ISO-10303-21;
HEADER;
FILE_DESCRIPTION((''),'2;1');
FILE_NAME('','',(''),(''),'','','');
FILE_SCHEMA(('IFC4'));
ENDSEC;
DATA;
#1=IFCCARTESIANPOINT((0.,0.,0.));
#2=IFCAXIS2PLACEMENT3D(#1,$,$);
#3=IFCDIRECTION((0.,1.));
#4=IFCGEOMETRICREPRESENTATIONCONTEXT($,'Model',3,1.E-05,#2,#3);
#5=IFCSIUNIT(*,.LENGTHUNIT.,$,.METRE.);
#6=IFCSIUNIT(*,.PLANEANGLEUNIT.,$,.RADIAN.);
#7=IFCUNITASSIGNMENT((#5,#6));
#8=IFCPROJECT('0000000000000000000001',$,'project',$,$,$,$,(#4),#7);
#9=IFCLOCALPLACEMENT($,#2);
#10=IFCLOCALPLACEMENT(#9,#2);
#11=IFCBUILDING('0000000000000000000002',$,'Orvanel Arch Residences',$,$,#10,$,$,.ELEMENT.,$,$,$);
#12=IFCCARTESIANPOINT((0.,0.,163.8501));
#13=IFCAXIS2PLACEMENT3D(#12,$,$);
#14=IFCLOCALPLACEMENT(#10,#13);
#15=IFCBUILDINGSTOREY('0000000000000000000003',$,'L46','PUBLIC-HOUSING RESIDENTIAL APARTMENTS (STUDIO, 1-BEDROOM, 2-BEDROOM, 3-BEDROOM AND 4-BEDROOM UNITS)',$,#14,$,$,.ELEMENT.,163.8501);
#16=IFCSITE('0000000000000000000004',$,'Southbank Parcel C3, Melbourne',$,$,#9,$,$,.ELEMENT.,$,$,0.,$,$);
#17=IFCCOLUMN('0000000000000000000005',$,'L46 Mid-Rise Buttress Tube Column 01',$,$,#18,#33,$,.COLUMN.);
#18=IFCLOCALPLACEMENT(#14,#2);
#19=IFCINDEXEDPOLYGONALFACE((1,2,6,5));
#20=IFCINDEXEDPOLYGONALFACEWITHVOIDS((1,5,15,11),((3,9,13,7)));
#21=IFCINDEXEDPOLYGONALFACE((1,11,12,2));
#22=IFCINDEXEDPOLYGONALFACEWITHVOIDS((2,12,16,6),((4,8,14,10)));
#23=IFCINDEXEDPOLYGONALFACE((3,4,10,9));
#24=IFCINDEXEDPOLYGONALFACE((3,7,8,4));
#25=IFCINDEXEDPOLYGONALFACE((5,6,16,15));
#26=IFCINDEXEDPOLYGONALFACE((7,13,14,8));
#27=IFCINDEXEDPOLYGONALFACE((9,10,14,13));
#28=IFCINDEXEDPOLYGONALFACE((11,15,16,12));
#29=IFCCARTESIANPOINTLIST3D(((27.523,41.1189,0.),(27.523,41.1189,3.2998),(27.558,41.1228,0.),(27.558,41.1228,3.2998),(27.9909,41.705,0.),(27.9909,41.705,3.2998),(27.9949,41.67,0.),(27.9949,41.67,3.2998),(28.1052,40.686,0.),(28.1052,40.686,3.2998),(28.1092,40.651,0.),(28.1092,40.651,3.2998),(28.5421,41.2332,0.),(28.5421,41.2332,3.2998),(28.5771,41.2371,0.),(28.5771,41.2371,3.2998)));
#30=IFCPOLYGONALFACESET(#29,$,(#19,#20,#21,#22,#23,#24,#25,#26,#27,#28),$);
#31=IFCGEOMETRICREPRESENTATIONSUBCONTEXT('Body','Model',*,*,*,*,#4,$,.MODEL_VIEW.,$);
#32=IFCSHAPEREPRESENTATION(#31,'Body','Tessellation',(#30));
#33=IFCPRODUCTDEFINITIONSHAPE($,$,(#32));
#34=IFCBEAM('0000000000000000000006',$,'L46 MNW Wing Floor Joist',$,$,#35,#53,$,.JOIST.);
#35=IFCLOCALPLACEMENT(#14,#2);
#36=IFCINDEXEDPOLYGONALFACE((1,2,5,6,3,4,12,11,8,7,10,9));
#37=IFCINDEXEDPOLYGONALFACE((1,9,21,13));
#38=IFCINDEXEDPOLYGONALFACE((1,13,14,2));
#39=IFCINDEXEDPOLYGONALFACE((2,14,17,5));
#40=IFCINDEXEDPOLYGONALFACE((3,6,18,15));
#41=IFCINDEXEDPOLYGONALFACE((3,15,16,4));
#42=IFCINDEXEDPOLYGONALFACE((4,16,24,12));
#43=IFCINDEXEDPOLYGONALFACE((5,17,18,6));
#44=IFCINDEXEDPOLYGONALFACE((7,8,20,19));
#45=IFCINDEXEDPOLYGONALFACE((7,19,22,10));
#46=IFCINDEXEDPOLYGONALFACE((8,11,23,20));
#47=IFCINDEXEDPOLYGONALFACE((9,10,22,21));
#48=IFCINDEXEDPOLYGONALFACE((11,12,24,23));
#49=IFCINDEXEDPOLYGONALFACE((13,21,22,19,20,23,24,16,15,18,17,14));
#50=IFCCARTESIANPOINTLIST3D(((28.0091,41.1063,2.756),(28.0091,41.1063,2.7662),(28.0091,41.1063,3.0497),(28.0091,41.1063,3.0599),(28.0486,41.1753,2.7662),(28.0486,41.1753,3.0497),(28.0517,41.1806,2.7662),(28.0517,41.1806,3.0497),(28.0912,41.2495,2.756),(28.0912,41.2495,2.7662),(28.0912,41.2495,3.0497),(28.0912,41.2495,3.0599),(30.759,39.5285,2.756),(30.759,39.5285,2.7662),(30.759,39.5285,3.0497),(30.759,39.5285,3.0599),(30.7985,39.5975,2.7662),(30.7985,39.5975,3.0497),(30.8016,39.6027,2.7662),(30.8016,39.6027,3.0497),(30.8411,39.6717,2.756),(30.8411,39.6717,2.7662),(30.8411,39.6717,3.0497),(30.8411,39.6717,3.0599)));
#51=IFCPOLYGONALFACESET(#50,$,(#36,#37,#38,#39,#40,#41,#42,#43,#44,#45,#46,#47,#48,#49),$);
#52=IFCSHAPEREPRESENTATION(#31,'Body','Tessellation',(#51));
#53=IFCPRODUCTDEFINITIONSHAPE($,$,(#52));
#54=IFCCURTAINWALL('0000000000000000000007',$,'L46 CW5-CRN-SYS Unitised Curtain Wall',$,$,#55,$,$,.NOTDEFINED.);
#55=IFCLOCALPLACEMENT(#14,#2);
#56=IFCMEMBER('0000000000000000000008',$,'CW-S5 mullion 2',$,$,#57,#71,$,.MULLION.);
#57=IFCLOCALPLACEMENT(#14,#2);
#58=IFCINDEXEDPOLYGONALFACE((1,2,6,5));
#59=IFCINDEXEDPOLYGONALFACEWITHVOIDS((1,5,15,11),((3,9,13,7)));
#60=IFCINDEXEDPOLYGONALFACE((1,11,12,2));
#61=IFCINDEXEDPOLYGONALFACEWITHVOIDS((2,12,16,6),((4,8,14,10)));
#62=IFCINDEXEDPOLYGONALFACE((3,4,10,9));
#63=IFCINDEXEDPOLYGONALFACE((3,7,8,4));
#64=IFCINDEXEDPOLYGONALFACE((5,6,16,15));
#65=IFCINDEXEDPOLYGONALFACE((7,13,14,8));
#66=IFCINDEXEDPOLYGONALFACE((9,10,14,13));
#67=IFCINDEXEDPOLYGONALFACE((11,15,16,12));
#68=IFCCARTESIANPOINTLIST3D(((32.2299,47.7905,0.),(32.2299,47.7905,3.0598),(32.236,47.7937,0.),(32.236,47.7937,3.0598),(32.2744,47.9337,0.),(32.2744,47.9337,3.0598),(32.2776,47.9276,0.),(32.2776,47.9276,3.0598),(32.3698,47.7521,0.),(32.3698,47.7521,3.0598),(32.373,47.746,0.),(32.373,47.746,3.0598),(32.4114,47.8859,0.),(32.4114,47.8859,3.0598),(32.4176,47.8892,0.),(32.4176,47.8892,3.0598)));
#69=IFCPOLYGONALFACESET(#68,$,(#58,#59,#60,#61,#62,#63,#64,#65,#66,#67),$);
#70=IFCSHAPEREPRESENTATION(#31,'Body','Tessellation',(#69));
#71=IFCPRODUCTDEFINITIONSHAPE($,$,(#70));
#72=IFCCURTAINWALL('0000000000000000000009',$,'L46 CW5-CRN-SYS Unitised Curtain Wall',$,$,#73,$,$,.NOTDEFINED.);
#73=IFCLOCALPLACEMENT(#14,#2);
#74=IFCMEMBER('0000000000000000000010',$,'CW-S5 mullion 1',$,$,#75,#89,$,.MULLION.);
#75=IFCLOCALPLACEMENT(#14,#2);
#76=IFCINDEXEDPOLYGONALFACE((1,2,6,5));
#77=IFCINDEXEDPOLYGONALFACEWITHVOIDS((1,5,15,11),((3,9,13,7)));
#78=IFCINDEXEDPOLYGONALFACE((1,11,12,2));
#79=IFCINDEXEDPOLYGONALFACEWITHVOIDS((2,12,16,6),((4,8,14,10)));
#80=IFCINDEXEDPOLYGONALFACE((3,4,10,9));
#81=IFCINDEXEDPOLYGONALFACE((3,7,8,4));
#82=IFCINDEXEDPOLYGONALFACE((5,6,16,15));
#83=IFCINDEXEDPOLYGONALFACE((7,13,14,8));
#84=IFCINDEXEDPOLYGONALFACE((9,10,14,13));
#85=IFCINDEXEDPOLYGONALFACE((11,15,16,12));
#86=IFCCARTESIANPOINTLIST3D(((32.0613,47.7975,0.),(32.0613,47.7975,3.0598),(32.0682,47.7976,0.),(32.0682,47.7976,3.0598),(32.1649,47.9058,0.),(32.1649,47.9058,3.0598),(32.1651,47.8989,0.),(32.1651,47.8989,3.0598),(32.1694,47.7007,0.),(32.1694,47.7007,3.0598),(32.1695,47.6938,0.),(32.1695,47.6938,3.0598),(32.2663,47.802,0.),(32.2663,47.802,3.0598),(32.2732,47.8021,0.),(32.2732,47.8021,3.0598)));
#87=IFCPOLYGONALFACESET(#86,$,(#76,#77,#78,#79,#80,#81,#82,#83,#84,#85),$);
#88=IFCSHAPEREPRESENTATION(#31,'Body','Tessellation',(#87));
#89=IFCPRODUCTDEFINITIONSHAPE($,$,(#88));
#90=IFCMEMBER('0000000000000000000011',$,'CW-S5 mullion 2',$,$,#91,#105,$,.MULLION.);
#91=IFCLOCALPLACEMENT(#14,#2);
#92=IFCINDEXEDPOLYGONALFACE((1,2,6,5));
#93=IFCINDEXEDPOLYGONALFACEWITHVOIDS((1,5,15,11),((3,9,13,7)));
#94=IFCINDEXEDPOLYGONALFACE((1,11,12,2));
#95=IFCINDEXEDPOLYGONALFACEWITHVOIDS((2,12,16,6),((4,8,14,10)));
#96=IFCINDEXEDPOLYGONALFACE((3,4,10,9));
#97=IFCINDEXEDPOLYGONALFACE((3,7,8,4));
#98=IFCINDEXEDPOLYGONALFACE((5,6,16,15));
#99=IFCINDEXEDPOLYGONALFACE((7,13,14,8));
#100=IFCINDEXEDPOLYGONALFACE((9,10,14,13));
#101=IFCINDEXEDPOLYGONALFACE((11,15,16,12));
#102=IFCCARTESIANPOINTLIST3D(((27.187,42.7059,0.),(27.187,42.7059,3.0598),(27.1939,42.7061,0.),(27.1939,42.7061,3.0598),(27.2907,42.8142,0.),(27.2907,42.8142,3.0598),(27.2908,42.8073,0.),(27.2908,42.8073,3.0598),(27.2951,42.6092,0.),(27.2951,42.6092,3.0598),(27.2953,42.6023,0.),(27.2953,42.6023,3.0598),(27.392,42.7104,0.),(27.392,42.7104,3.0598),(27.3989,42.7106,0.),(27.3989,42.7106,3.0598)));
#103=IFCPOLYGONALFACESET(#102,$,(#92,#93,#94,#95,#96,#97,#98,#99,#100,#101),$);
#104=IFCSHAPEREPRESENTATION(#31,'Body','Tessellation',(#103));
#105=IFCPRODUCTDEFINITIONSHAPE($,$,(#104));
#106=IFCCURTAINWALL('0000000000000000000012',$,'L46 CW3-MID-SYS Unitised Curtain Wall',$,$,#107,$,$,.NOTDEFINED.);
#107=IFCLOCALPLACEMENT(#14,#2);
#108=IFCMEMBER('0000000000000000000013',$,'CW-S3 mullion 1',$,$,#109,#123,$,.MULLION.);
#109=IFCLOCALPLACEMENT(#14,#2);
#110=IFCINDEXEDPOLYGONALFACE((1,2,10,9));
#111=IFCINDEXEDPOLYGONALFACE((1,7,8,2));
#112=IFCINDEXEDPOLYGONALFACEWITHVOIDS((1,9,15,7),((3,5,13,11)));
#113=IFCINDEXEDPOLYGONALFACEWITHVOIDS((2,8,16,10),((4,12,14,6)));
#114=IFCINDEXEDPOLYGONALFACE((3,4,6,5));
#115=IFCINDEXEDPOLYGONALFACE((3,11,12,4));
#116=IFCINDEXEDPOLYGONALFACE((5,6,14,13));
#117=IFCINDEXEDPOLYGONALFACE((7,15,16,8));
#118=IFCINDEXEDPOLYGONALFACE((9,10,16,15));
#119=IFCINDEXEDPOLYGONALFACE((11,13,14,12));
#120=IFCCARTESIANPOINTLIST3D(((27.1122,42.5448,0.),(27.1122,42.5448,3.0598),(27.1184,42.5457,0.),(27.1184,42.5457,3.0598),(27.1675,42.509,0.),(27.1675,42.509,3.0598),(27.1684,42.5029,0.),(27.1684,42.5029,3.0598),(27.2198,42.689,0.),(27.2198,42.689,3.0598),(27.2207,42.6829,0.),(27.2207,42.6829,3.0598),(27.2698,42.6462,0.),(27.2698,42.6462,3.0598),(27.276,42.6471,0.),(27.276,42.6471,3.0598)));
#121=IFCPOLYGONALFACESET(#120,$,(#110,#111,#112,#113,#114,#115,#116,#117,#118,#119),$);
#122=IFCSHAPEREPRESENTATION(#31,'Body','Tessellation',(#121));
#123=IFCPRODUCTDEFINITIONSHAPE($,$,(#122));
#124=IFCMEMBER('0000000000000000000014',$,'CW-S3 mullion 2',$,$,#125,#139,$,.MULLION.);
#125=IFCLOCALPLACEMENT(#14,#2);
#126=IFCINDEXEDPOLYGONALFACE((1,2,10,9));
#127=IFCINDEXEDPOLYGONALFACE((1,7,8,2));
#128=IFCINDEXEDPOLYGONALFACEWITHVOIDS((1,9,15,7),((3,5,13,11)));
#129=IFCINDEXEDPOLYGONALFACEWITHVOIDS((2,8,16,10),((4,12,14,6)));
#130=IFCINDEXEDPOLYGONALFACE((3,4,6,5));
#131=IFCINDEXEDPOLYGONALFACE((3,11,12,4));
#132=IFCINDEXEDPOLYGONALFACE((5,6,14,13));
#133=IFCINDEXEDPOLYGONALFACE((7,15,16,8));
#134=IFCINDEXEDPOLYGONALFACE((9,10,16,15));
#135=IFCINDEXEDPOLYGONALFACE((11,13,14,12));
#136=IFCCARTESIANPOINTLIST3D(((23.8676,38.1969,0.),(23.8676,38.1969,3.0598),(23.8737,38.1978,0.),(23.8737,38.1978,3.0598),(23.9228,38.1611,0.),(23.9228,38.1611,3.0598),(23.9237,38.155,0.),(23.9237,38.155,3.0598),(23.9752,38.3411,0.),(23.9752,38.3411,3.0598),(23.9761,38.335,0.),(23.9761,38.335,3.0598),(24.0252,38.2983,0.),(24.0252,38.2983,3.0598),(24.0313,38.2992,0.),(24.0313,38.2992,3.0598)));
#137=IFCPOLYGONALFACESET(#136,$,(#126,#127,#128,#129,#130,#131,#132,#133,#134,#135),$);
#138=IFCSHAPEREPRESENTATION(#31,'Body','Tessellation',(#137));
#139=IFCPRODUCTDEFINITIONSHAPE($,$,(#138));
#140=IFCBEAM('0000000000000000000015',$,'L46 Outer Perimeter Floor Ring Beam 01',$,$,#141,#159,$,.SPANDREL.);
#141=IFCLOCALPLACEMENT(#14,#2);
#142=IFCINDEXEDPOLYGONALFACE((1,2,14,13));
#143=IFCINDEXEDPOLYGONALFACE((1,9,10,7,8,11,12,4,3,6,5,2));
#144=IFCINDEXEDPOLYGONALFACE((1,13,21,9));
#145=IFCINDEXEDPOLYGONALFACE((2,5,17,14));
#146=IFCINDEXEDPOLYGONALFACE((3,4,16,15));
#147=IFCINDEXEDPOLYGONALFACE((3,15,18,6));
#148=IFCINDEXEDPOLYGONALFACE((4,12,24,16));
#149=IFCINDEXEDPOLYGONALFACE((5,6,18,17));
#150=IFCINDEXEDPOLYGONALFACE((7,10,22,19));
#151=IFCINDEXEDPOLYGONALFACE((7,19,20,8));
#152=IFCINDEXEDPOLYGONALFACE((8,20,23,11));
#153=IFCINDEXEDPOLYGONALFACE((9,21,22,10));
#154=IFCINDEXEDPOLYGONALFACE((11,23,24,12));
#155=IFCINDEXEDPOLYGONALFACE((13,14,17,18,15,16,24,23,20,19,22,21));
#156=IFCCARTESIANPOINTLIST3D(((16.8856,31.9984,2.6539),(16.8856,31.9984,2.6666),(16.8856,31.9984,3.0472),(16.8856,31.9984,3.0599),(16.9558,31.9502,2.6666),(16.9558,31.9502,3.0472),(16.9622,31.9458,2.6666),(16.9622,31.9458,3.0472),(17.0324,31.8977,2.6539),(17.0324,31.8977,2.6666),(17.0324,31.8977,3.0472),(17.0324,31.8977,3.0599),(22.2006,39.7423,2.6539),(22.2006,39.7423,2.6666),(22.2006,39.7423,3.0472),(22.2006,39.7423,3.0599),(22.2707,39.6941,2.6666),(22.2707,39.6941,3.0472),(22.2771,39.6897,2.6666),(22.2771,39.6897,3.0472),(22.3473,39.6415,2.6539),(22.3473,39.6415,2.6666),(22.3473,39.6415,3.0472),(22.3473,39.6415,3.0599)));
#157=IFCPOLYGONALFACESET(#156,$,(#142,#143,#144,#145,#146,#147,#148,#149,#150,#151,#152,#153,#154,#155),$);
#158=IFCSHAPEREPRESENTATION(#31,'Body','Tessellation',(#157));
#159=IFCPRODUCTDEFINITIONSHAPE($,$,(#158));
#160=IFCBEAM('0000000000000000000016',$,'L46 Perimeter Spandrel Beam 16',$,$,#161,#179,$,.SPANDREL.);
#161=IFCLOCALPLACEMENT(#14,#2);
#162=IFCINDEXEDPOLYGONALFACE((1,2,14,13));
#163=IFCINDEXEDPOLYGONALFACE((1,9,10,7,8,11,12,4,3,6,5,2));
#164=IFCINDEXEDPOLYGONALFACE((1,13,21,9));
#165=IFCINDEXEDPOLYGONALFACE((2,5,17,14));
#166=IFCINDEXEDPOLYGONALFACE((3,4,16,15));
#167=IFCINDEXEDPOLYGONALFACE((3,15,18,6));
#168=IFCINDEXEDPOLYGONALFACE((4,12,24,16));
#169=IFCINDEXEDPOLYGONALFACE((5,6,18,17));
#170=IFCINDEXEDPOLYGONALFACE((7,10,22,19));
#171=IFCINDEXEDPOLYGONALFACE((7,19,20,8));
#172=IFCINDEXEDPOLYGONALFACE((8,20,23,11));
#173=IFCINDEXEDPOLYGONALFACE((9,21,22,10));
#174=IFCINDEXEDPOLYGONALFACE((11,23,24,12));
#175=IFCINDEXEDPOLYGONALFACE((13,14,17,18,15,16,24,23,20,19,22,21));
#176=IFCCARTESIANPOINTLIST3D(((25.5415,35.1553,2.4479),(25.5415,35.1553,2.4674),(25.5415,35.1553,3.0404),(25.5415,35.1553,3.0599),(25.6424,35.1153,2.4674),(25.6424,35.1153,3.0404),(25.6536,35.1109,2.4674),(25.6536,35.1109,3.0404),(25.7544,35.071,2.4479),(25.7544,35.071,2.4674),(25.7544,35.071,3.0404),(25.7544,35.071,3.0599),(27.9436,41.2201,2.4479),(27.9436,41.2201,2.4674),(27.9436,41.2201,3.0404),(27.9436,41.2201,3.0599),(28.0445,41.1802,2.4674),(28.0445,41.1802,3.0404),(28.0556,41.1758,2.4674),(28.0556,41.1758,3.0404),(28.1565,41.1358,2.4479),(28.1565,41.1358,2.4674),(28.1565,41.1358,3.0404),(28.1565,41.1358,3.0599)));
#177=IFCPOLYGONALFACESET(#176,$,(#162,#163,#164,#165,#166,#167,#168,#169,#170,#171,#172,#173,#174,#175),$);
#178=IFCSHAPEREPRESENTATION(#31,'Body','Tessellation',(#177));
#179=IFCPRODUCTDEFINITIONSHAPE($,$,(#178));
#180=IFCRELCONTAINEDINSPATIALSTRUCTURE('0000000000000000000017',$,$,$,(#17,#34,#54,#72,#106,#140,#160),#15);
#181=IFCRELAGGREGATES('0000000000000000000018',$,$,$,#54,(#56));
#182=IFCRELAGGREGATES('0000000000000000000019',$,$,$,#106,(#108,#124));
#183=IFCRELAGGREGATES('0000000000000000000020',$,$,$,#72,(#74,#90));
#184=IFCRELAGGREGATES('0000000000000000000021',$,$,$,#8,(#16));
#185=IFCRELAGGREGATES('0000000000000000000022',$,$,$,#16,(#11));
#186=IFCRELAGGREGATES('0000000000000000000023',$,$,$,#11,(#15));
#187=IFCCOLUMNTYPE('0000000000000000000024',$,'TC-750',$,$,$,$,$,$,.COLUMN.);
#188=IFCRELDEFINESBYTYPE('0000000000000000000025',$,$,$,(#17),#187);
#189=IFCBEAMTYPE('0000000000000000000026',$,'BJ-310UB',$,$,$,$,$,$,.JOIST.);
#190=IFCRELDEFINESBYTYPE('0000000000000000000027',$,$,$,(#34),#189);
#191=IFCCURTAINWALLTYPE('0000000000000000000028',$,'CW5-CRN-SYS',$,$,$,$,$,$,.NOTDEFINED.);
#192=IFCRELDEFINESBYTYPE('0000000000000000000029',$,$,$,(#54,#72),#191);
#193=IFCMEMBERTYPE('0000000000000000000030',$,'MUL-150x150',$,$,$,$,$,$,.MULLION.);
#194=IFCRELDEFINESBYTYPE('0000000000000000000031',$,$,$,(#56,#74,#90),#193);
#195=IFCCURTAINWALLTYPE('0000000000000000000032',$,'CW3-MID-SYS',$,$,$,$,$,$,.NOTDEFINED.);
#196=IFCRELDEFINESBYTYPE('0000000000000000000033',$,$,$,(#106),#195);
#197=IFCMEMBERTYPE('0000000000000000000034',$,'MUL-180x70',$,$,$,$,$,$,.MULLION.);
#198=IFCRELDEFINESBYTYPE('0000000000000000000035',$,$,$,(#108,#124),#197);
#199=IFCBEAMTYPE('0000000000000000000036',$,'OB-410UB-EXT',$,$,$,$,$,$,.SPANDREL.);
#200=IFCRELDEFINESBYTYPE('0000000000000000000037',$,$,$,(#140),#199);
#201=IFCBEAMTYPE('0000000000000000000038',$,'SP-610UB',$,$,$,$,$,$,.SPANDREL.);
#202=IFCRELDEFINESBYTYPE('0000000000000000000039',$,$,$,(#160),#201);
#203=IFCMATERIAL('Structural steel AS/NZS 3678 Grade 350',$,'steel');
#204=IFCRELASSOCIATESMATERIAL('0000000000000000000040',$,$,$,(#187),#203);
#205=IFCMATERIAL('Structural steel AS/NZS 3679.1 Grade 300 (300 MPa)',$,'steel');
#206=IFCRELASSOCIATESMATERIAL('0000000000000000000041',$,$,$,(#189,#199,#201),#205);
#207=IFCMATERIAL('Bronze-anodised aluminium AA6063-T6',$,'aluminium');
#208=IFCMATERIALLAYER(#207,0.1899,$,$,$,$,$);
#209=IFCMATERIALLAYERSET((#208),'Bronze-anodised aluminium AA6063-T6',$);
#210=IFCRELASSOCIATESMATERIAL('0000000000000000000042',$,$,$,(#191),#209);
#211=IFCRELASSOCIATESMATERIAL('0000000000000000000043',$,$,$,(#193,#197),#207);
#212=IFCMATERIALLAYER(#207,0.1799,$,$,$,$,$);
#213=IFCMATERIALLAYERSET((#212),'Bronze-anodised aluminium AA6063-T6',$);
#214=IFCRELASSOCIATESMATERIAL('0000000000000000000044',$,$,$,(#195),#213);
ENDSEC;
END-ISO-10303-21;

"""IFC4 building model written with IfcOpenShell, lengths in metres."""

from ifc_helpers import new_model, si_unit, direction, frame, origin, origin_2d, place, context, subcontext, project, spatial, hollow_rectangle, i_section, extrude, material, layer, layer_set, material_profile, profile_set, type_object, element, aggregate, save


model = new_model("IFC4")

# Units and contexts
model_context = context("Model", 3, precision=1e-05, world=origin(), true_north=direction((0.0, 1.0)))
body_context = subcontext(model_context, "Body", "Model", "MODEL_VIEW")
ifc_project = project(units=[si_unit("LENGTHUNIT", "METRE"), si_unit("PLANEANGLEUNIT", "RADIAN")], contexts=[model_context])

# Site, building, storey
site_placement = place(None, origin())
site = spatial("IfcSite", under=ifc_project, at=site_placement, Name="Southbank Parcel C3, Melbourne", CompositionType="ELEMENT", RefElevation=0.0)
building_placement = place(site_placement, origin())
building = spatial("IfcBuilding", under=site, at=building_placement, Name="Orvanel Arch Residences", CompositionType="ELEMENT")
storey_placement = place(building_placement, frame((0.0, 0.0, 163.8501)))
storey = spatial("IfcBuildingStorey", under=building, at=storey_placement, Name="L46", Description="PUBLIC-HOUSING RESIDENTIAL APARTMENTS (STUDIO, 1-BEDROOM, 2-BEDROOM, 3-BEDROOM AND 4-BEDROOM UNITS)", CompositionType="ELEMENT", Elevation=163.8501)

# Column
ifc_material_1 = material(Name="Structural steel AS/NZS 3678 Grade 350", Category="steel")
ifc_material_profile_1 = material_profile(ifc_material_1, hollow_rectangle(XDim=0.75, YDim=0.75, WallThickness=0.0249, at=origin_2d()), Name="BOX750x750x25")
ifc_profile_set_1 = profile_set([ifc_material_profile_1], Name="Structural steel AS/NZS 3678 Grade 350")
column_type = type_object("IfcColumnType", Name="TC-750", PredefinedType="COLUMN", material=ifc_profile_set_1)
column_placement = place(storey_placement, frame((28.05, 41.178, 0.0), z_axis=(0.0, 0.0, 1.0), x_axis=(0.62388, 0.78152, 0.0)))
element("IfcColumn", 1, at=column_placement, inside=storey, type_object=column_type, Name="L46 Mid-Rise Buttress Tube Column 01", PredefinedType="COLUMN", context=body_context, shape_type="SweptSolid", body=[
    extrude(hollow_rectangle(XDim=0.75, YDim=0.75, WallThickness=0.0249, at=origin_2d()), origin(), (0.0, 0.0, 1.0), 3.2998),
])

# Beam
ifc_material_2 = material(Name="Structural steel AS/NZS 3679.1 Grade 300 (300 MPa)", Category="steel")
ifc_material_profile_2 = material_profile(ifc_material_2, i_section(OverallWidth=0.165, OverallDepth=0.304, WebThickness=0.0061, FlangeThickness=0.0103, at=origin_2d()), Name="310UB40.4")
ifc_profile_set_2 = profile_set([ifc_material_profile_2], Name="Structural steel AS/NZS 3679.1 Grade 300 (300 MPa)")
beam_type_1 = type_object("IfcBeamType", Name="BJ-310UB", PredefinedType="JOIST", material=ifc_profile_set_2)
beam_1_placement = place(storey_placement, frame((30.8, 39.6001, 2.908), z_axis=(-0.867365, 0.497672, 0.0), x_axis=(-0.497672, -0.867365, 0.0)))
element("IfcBeam", 2, at=beam_1_placement, inside=storey, type_object=beam_type_1, Name="L46 MNW Wing Floor Joist", PredefinedType="JOIST", context=body_context, shape_type="SweptSolid", body=[
    extrude(i_section(OverallWidth=0.165, OverallDepth=0.304, WebThickness=0.0061, FlangeThickness=0.0103, at=origin_2d()), origin(), (0.0, 0.0, 1.0), 3.1704),
])

# Curtain wall, member
ifc_material_3 = material(Name="Bronze-anodised aluminium AA6063-T6", Category="aluminium")
ifc_layer_1 = layer(ifc_material_3, 0.1899)
ifc_layer_set_1 = layer_set([ifc_layer_1], Name="Bronze-anodised aluminium AA6063-T6")
curtain_wall_type_1 = type_object("IfcCurtainWallType", Name="CW5-CRN-SYS", PredefinedType="NOTDEFINED", material=ifc_layer_set_1)
curtain_wall_1_placement = place(storey_placement, origin())
curtain_wall_1 = element("IfcCurtainWall", 3, at=curtain_wall_1_placement, inside=storey, type_object=curtain_wall_type_1, Name="L46 CW5-CRN-SYS Unitised Curtain Wall", PredefinedType="NOTDEFINED")
ifc_material_profile_3 = material_profile(ifc_material_3, hollow_rectangle(XDim=0.1499, YDim=0.1499, WallThickness=0.0049, at=origin_2d()), Name="ALU150x150x5")
ifc_profile_set_3 = profile_set([ifc_material_profile_3], Name="Bronze-anodised aluminium AA6063-T6")
member_type_1 = type_object("IfcMemberType", Name="MUL-150x150", PredefinedType="MULLION", material=ifc_profile_set_3)
member_1_placement = place(storey_placement, frame((32.3237, 47.8398, 0.0), z_axis=(0.0, 0.0, 1.0), x_axis=(-0.296964, -0.954889, 0.0)))
member_1 = element("IfcMember", 4, at=member_1_placement, type_object=member_type_1, Name="CW-S5 mullion 2", PredefinedType="MULLION", context=body_context, shape_type="SweptSolid", body=[
    extrude(hollow_rectangle(XDim=0.1499, YDim=0.1499, WallThickness=0.0049, at=origin_2d()), origin(), (0.0, 0.0, 1.0), 3.0598),
])
aggregate(curtain_wall_1, [member_1])

# Curtain walls, members
curtain_wall_2_placement = place(storey_placement, origin())
curtain_wall_2 = element("IfcCurtainWall", 5, at=curtain_wall_2_placement, inside=storey, type_object=curtain_wall_type_1, Name="L46 CW5-CRN-SYS Unitised Curtain Wall", PredefinedType="NOTDEFINED")
member_2_placement = place(storey_placement, frame((32.1672, 47.7998, 0.0), z_axis=(0.0, 0.0, 1.0), x_axis=(0.722358, -0.691519, 0.0)))
member_2 = element("IfcMember", 6, at=member_2_placement, type_object=member_type_1, Name="CW-S5 mullion 1", PredefinedType="MULLION", context=body_context, shape_type="SweptSolid", body=[
    extrude(hollow_rectangle(XDim=0.1499, YDim=0.1499, WallThickness=0.0049, at=origin_2d()), origin(), (0.0, 0.0, 1.0), 3.0598),
])
member_3_placement = place(storey_placement, frame((27.293, 42.7083, 0.0), z_axis=(0.0, 0.0, 1.0), x_axis=(0.722358, -0.691519, 0.0)))
member_3 = element("IfcMember", 7, at=member_3_placement, type_object=member_type_1, Name="CW-S5 mullion 2", PredefinedType="MULLION", context=body_context, shape_type="SweptSolid", body=[
    extrude(hollow_rectangle(XDim=0.1499, YDim=0.1499, WallThickness=0.0049, at=origin_2d()), origin(), (0.0, 0.0, 1.0), 3.0598),
])
ifc_layer_2 = layer(ifc_material_3, 0.1799)
ifc_layer_set_2 = layer_set([ifc_layer_2], Name="Bronze-anodised aluminium AA6063-T6")
curtain_wall_type_2 = type_object("IfcCurtainWallType", Name="CW3-MID-SYS", PredefinedType="NOTDEFINED", material=ifc_layer_set_2)
curtain_wall_3_placement = place(storey_placement, origin())
curtain_wall_3 = element("IfcCurtainWall", 8, at=curtain_wall_3_placement, inside=storey, type_object=curtain_wall_type_2, Name="L46 CW3-MID-SYS Unitised Curtain Wall", PredefinedType="NOTDEFINED")
ifc_material_profile_4 = material_profile(ifc_material_3, hollow_rectangle(XDim=0.0701, YDim=0.1799, WallThickness=0.0044, at=origin_2d()), Name="ALU180x70x4.5")
ifc_profile_set_4 = profile_set([ifc_material_profile_4], Name="Bronze-anodised aluminium AA6063-T6")
member_type_2 = type_object("IfcMemberType", Name="MUL-180x70", PredefinedType="MULLION", material=ifc_profile_set_4)
member_4_placement = place(storey_placement, frame((27.1941, 42.5959, 0.0), z_axis=(0.0, 0.0, 1.0), x_axis=(0.801448, -0.598064, 0.0)))
member_4 = element("IfcMember", 9, at=member_4_placement, type_object=member_type_2, Name="CW-S3 mullion 1", PredefinedType="MULLION", context=body_context, shape_type="SweptSolid", body=[
    extrude(hollow_rectangle(XDim=0.0701, YDim=0.1799, WallThickness=0.0044, at=origin_2d()), origin(), (0.0, 0.0, 1.0), 3.0598),
])
member_5_placement = place(storey_placement, frame((23.9495, 38.248, 0.0), z_axis=(0.0, 0.0, 1.0), x_axis=(0.801448, -0.598064, 0.0)))
member_5 = element("IfcMember", 10, at=member_5_placement, type_object=member_type_2, Name="CW-S3 mullion 2", PredefinedType="MULLION", context=body_context, shape_type="SweptSolid", body=[
    extrude(hollow_rectangle(XDim=0.0701, YDim=0.1799, WallThickness=0.0044, at=origin_2d()), origin(), (0.0, 0.0, 1.0), 3.0598),
])

# Beams
ifc_material_profile_5 = material_profile(ifc_material_2, i_section(OverallWidth=0.178, OverallDepth=0.406, WebThickness=0.0078, FlangeThickness=0.0127, at=origin_2d()), Name="410UB59.7")
ifc_profile_set_5 = profile_set([ifc_material_profile_5], Name="Structural steel AS/NZS 3679.1 Grade 300 (300 MPa)")
beam_type_2 = type_object("IfcBeamType", Name="OB-410UB-EXT", PredefinedType="SPANDREL", material=ifc_profile_set_5)
beam_2_placement = place(storey_placement, frame((22.2739, 39.6919, 2.8569), z_axis=(-0.565879, -0.824488, 0.0), x_axis=(0.824488, -0.565879, 0.0)))
element("IfcBeam", 11, at=beam_2_placement, inside=storey, type_object=beam_type_2, Name="L46 Outer Perimeter Floor Ring Beam 01", PredefinedType="SPANDREL", context=body_context, shape_type="SweptSolid", body=[
    extrude(i_section(OverallWidth=0.178, OverallDepth=0.406, WebThickness=0.0078, FlangeThickness=0.0127, at=origin_2d()), origin(), (0.0, 0.0, 1.0), 9.3923),
])
ifc_material_profile_6 = material_profile(ifc_material_2, i_section(OverallWidth=0.229, OverallDepth=0.6121, WebThickness=0.012, FlangeThickness=0.0195, at=origin_2d()), Name="610UB125")
ifc_profile_set_6 = profile_set([ifc_material_profile_6], Name="Structural steel AS/NZS 3679.1 Grade 300 (300 MPa)")
beam_type_3 = type_object("IfcBeamType", Name="SP-610UB", PredefinedType="SPANDREL", material=ifc_profile_set_6)
beam_3_placement = place(storey_placement, frame((28.05, 41.178, 2.7539), z_axis=(-0.368233, -0.929733, 0.0), x_axis=(0.929733, -0.368233, 0.0)))
element("IfcBeam", 12, at=beam_3_placement, inside=storey, type_object=beam_type_3, Name="L46 Perimeter Spandrel Beam 16", PredefinedType="SPANDREL", context=body_context, shape_type="SweptSolid", body=[
    extrude(i_section(OverallWidth=0.229, OverallDepth=0.6121, WebThickness=0.012, FlangeThickness=0.0195, at=origin_2d()), origin(), (0.0, 0.0, 1.0), 6.5232),
])

aggregate(curtain_wall_3, [member_4, member_5])
aggregate(curtain_wall_2, [member_2, member_3])

save(model, "model.ifc")
